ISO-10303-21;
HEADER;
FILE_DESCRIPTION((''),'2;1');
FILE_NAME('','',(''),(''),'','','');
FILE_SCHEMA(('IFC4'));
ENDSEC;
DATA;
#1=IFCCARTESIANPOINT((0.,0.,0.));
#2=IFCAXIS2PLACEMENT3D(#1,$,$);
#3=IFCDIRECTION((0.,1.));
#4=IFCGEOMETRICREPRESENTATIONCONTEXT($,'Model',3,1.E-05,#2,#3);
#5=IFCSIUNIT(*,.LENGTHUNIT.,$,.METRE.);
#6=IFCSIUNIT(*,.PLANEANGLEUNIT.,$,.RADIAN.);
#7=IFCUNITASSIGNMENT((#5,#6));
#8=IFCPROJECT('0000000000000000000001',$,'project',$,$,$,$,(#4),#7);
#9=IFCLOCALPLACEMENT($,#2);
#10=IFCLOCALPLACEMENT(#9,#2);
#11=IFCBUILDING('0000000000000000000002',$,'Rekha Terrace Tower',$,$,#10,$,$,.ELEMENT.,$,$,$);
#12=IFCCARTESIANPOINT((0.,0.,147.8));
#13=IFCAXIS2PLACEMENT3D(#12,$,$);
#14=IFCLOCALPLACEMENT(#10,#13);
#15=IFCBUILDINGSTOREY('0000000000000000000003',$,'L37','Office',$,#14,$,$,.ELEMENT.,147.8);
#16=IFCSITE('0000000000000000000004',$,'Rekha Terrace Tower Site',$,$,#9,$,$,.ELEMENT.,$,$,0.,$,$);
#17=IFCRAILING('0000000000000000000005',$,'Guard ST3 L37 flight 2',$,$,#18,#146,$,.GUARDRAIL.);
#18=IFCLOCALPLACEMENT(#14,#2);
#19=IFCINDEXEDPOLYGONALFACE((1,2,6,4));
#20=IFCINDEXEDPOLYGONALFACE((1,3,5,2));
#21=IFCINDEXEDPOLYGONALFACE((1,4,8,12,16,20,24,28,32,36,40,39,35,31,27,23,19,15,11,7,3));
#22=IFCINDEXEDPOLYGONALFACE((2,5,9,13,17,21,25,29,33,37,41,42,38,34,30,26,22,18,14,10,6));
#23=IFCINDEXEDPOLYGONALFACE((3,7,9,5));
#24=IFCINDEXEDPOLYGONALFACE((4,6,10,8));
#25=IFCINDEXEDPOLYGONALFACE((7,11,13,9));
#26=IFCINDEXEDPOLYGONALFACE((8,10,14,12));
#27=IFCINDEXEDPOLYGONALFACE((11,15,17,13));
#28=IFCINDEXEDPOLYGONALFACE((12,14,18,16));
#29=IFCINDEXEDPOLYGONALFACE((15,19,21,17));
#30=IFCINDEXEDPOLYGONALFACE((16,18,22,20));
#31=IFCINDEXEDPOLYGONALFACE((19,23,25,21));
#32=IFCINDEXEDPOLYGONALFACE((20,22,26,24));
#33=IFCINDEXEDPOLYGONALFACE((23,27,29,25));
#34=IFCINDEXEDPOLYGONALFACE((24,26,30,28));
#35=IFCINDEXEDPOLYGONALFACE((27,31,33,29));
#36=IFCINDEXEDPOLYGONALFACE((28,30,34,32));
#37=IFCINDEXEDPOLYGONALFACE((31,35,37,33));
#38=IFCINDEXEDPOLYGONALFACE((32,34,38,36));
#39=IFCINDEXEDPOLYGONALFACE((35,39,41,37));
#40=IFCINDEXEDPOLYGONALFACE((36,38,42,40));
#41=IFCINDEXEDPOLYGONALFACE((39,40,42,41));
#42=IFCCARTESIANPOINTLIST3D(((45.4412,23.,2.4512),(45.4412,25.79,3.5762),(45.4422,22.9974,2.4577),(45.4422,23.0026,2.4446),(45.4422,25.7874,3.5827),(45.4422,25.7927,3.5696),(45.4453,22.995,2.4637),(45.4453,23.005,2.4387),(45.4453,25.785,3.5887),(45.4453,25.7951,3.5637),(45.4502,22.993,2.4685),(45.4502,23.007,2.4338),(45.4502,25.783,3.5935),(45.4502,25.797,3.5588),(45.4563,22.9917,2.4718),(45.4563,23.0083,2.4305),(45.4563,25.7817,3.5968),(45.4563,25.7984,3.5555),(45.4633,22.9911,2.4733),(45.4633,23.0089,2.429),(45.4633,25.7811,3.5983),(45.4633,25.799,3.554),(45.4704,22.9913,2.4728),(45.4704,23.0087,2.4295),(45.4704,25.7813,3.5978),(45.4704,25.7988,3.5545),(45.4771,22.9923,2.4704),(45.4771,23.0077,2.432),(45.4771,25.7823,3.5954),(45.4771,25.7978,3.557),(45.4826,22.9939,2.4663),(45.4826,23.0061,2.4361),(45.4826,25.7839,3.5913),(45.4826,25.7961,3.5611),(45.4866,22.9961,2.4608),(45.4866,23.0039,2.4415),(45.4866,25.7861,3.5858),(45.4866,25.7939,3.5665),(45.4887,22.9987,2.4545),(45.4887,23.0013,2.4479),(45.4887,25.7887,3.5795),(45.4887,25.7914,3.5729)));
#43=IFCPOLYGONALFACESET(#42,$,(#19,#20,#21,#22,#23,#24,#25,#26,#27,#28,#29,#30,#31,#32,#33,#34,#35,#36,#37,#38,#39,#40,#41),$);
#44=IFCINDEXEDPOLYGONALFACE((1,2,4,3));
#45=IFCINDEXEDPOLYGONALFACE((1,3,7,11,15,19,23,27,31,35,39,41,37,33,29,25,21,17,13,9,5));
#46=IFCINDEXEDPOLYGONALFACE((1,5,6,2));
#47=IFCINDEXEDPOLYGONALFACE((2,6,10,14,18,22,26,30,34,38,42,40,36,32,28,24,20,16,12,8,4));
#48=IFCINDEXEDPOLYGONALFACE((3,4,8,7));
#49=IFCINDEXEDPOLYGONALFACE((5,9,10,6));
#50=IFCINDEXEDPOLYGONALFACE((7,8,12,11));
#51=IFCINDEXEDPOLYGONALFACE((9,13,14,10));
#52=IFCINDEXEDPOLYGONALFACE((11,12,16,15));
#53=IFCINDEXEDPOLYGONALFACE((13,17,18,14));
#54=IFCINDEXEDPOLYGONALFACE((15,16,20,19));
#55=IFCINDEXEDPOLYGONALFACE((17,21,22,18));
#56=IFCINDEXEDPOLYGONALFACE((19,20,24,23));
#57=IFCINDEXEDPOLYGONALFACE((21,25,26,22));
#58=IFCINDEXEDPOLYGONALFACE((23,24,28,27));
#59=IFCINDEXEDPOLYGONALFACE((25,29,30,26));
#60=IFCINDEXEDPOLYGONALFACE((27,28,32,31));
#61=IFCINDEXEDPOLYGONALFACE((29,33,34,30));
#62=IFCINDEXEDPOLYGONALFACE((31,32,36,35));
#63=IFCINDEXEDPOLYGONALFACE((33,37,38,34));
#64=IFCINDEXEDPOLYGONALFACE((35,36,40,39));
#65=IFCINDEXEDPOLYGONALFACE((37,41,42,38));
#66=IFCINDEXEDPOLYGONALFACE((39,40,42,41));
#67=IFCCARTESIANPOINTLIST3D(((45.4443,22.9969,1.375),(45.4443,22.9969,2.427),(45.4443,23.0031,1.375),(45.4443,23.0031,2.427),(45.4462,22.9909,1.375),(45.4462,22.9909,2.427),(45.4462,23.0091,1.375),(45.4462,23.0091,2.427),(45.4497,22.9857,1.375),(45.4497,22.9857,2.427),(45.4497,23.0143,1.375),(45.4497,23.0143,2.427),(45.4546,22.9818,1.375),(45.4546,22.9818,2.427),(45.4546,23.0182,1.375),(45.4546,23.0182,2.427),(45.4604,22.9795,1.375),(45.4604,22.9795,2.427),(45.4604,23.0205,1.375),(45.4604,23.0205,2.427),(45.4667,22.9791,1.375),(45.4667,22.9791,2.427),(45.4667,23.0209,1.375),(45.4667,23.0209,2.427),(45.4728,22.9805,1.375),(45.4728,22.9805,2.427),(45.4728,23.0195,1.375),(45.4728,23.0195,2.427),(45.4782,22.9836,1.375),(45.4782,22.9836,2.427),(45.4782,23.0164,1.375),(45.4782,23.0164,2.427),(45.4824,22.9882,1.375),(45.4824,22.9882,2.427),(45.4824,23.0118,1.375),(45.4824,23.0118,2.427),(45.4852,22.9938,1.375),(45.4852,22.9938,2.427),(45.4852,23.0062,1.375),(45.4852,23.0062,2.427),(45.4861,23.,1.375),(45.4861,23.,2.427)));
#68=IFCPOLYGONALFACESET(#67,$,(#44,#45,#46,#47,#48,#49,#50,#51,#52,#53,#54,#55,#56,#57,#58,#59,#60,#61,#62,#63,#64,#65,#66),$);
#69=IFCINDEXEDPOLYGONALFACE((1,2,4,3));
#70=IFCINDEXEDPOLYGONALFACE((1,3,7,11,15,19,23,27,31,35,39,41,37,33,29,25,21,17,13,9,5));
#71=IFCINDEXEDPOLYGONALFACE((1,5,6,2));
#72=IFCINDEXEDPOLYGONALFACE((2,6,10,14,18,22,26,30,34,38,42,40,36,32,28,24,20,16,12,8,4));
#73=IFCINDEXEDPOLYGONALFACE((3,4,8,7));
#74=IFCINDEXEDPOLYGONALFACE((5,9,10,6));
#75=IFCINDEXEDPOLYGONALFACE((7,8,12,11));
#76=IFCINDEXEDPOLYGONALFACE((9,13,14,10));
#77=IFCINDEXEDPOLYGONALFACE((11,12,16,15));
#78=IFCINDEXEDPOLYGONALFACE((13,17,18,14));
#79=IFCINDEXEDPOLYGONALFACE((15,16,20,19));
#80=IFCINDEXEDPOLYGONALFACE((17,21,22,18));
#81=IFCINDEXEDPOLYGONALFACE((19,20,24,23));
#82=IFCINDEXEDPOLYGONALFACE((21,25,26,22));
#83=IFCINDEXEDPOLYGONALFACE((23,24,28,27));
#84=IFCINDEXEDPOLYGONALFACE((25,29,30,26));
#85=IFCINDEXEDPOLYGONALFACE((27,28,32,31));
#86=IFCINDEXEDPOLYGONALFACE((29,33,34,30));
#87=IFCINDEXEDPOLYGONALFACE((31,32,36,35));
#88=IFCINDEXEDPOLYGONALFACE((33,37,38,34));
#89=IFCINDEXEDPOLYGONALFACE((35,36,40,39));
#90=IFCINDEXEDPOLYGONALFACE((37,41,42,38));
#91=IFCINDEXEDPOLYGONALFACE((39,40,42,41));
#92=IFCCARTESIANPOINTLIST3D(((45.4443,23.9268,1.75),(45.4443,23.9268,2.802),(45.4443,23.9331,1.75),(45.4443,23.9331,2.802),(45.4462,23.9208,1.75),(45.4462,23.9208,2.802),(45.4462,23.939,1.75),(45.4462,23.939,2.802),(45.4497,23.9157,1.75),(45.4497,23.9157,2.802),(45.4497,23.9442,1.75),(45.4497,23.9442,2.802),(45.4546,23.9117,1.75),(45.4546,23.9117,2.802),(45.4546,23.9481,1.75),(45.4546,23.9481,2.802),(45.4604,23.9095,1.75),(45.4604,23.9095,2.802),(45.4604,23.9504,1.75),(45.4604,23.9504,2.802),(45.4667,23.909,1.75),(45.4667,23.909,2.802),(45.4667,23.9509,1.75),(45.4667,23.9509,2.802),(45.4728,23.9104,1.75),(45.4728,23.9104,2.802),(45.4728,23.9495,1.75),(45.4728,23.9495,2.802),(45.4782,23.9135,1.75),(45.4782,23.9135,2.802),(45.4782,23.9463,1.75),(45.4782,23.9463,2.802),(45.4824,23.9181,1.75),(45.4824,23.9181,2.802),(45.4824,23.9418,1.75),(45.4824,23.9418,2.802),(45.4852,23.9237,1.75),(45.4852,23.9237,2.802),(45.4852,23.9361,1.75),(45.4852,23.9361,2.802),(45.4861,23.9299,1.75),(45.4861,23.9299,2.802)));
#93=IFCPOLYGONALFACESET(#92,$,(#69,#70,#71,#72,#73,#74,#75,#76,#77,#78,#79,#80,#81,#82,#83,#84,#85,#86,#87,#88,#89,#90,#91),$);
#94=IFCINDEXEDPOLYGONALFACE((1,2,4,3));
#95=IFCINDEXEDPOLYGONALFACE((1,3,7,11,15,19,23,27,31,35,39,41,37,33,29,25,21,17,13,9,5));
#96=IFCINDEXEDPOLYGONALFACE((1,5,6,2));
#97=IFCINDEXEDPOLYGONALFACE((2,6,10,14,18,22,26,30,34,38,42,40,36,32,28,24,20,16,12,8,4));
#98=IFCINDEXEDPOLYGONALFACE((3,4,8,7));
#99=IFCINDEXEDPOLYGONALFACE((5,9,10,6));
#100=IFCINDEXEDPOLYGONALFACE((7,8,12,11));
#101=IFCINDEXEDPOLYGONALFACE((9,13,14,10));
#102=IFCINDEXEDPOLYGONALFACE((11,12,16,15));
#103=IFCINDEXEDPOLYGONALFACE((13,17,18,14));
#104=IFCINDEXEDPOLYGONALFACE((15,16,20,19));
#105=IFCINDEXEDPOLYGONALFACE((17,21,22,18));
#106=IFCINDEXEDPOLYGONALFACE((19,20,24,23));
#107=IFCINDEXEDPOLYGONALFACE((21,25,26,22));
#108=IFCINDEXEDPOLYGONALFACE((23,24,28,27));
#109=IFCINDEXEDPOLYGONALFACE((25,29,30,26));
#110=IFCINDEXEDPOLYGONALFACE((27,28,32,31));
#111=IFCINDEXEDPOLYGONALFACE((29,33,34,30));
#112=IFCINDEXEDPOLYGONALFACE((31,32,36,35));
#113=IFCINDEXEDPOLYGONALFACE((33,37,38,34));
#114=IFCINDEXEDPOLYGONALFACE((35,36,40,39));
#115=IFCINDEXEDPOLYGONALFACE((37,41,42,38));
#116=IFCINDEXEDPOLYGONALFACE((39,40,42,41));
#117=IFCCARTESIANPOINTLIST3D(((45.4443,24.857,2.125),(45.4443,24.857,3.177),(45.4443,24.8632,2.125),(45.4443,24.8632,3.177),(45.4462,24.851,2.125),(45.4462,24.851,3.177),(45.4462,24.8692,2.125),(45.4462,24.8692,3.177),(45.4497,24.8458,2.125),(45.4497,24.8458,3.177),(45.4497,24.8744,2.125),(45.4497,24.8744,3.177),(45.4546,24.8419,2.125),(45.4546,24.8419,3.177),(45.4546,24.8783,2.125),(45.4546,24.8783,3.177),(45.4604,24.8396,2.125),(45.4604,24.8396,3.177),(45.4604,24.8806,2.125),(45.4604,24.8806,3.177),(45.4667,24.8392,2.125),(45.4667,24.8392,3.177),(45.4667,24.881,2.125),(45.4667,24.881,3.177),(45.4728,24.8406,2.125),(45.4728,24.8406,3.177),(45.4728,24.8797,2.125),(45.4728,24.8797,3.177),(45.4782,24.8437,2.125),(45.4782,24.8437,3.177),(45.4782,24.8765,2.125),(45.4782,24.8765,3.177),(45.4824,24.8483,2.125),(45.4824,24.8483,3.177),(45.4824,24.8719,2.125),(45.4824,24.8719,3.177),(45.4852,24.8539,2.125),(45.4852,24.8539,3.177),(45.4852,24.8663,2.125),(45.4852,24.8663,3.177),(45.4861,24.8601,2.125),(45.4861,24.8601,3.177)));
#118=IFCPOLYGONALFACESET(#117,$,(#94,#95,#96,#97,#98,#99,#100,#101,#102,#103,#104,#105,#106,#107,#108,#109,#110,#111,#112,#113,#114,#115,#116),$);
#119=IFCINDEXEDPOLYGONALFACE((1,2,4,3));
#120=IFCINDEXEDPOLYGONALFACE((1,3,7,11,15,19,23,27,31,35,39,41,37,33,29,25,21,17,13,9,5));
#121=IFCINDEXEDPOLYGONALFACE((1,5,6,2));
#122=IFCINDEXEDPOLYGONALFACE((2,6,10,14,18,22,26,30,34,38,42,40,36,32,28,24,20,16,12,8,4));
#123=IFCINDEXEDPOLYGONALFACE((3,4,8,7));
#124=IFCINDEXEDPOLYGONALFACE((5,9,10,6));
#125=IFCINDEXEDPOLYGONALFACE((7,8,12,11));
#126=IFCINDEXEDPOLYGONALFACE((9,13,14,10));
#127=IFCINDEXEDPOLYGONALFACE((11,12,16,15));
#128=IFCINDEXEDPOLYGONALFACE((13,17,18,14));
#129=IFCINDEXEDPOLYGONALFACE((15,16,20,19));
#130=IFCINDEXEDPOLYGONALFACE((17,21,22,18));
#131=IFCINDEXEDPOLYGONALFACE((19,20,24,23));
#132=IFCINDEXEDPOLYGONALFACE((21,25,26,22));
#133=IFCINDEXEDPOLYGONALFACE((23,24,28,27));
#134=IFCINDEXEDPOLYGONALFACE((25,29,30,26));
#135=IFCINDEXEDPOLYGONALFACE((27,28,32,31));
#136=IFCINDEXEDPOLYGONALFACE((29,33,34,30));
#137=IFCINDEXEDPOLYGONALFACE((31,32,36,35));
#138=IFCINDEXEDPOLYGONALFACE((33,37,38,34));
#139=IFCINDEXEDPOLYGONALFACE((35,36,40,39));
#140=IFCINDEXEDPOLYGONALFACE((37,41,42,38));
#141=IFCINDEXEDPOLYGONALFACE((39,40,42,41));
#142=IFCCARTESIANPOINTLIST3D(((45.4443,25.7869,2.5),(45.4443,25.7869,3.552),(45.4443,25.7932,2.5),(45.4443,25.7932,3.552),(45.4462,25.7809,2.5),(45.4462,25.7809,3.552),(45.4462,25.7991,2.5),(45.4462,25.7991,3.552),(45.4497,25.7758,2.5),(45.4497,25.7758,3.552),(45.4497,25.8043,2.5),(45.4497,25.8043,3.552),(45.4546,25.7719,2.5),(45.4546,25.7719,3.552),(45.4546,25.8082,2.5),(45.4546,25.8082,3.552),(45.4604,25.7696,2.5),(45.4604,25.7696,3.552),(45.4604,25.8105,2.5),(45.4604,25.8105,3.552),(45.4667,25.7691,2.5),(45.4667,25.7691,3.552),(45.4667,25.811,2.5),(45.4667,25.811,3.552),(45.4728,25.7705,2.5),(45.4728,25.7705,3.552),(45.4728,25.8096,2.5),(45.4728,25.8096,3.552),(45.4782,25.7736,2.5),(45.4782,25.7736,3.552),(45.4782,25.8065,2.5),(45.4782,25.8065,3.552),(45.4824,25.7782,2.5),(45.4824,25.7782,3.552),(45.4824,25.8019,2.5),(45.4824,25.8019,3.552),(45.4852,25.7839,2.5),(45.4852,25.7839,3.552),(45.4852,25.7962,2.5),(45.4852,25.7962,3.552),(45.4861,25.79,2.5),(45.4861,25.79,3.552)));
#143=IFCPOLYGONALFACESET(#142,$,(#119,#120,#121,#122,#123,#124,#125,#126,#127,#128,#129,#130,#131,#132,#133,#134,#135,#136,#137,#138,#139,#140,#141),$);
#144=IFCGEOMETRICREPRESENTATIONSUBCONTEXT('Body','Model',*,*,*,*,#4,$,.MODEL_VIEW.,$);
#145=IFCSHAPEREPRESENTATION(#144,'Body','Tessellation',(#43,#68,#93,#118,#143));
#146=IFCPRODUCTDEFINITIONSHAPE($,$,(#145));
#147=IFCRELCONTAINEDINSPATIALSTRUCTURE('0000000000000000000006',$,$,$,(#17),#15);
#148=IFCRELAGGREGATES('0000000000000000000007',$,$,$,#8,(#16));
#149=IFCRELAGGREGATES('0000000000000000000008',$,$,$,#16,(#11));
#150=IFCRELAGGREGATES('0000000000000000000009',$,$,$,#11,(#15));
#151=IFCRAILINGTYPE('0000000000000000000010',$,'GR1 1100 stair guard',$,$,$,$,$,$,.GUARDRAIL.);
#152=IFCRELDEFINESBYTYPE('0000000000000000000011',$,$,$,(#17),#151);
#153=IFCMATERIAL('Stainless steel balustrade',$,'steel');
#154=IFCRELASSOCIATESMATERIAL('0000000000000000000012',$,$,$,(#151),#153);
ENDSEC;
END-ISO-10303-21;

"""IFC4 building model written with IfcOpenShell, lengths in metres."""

from ifc_helpers import new_model, si_unit, direction, frame, origin, origin_2d, place, context, subcontext, project, spatial, circle, extrude, material, type_object, element, save


model = new_model("IFC4")

# Units and contexts
model_context = context("Model", 3, precision=1e-05, world=origin(), true_north=direction((0.0, 1.0)))
body_context = subcontext(model_context, "Body", "Model", "MODEL_VIEW")
ifc_project = project(units=[si_unit("LENGTHUNIT", "METRE"), si_unit("PLANEANGLEUNIT", "RADIAN")], contexts=[model_context])

# Site, building, storey
site_placement = place(None, origin())
site = spatial("IfcSite", under=ifc_project, at=site_placement, Name="Rekha Terrace Tower Site", CompositionType="ELEMENT", RefElevation=0.0)
building_placement = place(site_placement, origin())
building = spatial("IfcBuilding", under=site, at=building_placement, Name="Rekha Terrace Tower", CompositionType="ELEMENT")
storey_placement = place(building_placement, frame((0.0, 0.0, 147.8)))
storey = spatial("IfcBuildingStorey", under=building, at=storey_placement, Name="L37", Description="Office", CompositionType="ELEMENT", Elevation=147.8)

# Railing
ifc_material_1 = material(Name="Stainless steel balustrade", Category="steel")
railing_type_1 = type_object("IfcRailingType", Name="GR1 1100 stair guard", PredefinedType="GUARDRAIL", material=ifc_material_1)
railing_1_placement = place(storey_placement, frame((45.4651, 23.0, 1.375)))
element("IfcRailing", 1, at=railing_1_placement, inside=storey, type_object=railing_type_1, Name="Guard ST3 L37 flight 2", PredefinedType="GUARDRAIL", context=body_context, shape_type="SweptSolid", body=[
    extrude(circle(Radius=0.0239, at=origin_2d()), frame((0.0, 0.0, 1.0762), z_axis=(0.0, 0.927443, 0.373964), x_axis=(-1.0, 0.0, 0.0)), (0.0, 0.0, 1.0), 3.0083),
    extrude(circle(Radius=0.021, at=origin_2d()), origin(), (0.0, 0.0, 1.0), 1.052),
    extrude(circle(Radius=0.021, at=origin_2d()), frame((0.0, 0.9299, 0.375)), (0.0, 0.0, 1.0), 1.052),
    extrude(circle(Radius=0.021, at=origin_2d()), frame((0.0, 1.8601, 0.75)), (0.0, 0.0, 1.0), 1.052),
    extrude(circle(Radius=0.021, at=origin_2d()), frame((0.0, 2.79, 1.125)), (0.0, 0.0, 1.0), 1.052),
])

save(model, "model.ifc")
